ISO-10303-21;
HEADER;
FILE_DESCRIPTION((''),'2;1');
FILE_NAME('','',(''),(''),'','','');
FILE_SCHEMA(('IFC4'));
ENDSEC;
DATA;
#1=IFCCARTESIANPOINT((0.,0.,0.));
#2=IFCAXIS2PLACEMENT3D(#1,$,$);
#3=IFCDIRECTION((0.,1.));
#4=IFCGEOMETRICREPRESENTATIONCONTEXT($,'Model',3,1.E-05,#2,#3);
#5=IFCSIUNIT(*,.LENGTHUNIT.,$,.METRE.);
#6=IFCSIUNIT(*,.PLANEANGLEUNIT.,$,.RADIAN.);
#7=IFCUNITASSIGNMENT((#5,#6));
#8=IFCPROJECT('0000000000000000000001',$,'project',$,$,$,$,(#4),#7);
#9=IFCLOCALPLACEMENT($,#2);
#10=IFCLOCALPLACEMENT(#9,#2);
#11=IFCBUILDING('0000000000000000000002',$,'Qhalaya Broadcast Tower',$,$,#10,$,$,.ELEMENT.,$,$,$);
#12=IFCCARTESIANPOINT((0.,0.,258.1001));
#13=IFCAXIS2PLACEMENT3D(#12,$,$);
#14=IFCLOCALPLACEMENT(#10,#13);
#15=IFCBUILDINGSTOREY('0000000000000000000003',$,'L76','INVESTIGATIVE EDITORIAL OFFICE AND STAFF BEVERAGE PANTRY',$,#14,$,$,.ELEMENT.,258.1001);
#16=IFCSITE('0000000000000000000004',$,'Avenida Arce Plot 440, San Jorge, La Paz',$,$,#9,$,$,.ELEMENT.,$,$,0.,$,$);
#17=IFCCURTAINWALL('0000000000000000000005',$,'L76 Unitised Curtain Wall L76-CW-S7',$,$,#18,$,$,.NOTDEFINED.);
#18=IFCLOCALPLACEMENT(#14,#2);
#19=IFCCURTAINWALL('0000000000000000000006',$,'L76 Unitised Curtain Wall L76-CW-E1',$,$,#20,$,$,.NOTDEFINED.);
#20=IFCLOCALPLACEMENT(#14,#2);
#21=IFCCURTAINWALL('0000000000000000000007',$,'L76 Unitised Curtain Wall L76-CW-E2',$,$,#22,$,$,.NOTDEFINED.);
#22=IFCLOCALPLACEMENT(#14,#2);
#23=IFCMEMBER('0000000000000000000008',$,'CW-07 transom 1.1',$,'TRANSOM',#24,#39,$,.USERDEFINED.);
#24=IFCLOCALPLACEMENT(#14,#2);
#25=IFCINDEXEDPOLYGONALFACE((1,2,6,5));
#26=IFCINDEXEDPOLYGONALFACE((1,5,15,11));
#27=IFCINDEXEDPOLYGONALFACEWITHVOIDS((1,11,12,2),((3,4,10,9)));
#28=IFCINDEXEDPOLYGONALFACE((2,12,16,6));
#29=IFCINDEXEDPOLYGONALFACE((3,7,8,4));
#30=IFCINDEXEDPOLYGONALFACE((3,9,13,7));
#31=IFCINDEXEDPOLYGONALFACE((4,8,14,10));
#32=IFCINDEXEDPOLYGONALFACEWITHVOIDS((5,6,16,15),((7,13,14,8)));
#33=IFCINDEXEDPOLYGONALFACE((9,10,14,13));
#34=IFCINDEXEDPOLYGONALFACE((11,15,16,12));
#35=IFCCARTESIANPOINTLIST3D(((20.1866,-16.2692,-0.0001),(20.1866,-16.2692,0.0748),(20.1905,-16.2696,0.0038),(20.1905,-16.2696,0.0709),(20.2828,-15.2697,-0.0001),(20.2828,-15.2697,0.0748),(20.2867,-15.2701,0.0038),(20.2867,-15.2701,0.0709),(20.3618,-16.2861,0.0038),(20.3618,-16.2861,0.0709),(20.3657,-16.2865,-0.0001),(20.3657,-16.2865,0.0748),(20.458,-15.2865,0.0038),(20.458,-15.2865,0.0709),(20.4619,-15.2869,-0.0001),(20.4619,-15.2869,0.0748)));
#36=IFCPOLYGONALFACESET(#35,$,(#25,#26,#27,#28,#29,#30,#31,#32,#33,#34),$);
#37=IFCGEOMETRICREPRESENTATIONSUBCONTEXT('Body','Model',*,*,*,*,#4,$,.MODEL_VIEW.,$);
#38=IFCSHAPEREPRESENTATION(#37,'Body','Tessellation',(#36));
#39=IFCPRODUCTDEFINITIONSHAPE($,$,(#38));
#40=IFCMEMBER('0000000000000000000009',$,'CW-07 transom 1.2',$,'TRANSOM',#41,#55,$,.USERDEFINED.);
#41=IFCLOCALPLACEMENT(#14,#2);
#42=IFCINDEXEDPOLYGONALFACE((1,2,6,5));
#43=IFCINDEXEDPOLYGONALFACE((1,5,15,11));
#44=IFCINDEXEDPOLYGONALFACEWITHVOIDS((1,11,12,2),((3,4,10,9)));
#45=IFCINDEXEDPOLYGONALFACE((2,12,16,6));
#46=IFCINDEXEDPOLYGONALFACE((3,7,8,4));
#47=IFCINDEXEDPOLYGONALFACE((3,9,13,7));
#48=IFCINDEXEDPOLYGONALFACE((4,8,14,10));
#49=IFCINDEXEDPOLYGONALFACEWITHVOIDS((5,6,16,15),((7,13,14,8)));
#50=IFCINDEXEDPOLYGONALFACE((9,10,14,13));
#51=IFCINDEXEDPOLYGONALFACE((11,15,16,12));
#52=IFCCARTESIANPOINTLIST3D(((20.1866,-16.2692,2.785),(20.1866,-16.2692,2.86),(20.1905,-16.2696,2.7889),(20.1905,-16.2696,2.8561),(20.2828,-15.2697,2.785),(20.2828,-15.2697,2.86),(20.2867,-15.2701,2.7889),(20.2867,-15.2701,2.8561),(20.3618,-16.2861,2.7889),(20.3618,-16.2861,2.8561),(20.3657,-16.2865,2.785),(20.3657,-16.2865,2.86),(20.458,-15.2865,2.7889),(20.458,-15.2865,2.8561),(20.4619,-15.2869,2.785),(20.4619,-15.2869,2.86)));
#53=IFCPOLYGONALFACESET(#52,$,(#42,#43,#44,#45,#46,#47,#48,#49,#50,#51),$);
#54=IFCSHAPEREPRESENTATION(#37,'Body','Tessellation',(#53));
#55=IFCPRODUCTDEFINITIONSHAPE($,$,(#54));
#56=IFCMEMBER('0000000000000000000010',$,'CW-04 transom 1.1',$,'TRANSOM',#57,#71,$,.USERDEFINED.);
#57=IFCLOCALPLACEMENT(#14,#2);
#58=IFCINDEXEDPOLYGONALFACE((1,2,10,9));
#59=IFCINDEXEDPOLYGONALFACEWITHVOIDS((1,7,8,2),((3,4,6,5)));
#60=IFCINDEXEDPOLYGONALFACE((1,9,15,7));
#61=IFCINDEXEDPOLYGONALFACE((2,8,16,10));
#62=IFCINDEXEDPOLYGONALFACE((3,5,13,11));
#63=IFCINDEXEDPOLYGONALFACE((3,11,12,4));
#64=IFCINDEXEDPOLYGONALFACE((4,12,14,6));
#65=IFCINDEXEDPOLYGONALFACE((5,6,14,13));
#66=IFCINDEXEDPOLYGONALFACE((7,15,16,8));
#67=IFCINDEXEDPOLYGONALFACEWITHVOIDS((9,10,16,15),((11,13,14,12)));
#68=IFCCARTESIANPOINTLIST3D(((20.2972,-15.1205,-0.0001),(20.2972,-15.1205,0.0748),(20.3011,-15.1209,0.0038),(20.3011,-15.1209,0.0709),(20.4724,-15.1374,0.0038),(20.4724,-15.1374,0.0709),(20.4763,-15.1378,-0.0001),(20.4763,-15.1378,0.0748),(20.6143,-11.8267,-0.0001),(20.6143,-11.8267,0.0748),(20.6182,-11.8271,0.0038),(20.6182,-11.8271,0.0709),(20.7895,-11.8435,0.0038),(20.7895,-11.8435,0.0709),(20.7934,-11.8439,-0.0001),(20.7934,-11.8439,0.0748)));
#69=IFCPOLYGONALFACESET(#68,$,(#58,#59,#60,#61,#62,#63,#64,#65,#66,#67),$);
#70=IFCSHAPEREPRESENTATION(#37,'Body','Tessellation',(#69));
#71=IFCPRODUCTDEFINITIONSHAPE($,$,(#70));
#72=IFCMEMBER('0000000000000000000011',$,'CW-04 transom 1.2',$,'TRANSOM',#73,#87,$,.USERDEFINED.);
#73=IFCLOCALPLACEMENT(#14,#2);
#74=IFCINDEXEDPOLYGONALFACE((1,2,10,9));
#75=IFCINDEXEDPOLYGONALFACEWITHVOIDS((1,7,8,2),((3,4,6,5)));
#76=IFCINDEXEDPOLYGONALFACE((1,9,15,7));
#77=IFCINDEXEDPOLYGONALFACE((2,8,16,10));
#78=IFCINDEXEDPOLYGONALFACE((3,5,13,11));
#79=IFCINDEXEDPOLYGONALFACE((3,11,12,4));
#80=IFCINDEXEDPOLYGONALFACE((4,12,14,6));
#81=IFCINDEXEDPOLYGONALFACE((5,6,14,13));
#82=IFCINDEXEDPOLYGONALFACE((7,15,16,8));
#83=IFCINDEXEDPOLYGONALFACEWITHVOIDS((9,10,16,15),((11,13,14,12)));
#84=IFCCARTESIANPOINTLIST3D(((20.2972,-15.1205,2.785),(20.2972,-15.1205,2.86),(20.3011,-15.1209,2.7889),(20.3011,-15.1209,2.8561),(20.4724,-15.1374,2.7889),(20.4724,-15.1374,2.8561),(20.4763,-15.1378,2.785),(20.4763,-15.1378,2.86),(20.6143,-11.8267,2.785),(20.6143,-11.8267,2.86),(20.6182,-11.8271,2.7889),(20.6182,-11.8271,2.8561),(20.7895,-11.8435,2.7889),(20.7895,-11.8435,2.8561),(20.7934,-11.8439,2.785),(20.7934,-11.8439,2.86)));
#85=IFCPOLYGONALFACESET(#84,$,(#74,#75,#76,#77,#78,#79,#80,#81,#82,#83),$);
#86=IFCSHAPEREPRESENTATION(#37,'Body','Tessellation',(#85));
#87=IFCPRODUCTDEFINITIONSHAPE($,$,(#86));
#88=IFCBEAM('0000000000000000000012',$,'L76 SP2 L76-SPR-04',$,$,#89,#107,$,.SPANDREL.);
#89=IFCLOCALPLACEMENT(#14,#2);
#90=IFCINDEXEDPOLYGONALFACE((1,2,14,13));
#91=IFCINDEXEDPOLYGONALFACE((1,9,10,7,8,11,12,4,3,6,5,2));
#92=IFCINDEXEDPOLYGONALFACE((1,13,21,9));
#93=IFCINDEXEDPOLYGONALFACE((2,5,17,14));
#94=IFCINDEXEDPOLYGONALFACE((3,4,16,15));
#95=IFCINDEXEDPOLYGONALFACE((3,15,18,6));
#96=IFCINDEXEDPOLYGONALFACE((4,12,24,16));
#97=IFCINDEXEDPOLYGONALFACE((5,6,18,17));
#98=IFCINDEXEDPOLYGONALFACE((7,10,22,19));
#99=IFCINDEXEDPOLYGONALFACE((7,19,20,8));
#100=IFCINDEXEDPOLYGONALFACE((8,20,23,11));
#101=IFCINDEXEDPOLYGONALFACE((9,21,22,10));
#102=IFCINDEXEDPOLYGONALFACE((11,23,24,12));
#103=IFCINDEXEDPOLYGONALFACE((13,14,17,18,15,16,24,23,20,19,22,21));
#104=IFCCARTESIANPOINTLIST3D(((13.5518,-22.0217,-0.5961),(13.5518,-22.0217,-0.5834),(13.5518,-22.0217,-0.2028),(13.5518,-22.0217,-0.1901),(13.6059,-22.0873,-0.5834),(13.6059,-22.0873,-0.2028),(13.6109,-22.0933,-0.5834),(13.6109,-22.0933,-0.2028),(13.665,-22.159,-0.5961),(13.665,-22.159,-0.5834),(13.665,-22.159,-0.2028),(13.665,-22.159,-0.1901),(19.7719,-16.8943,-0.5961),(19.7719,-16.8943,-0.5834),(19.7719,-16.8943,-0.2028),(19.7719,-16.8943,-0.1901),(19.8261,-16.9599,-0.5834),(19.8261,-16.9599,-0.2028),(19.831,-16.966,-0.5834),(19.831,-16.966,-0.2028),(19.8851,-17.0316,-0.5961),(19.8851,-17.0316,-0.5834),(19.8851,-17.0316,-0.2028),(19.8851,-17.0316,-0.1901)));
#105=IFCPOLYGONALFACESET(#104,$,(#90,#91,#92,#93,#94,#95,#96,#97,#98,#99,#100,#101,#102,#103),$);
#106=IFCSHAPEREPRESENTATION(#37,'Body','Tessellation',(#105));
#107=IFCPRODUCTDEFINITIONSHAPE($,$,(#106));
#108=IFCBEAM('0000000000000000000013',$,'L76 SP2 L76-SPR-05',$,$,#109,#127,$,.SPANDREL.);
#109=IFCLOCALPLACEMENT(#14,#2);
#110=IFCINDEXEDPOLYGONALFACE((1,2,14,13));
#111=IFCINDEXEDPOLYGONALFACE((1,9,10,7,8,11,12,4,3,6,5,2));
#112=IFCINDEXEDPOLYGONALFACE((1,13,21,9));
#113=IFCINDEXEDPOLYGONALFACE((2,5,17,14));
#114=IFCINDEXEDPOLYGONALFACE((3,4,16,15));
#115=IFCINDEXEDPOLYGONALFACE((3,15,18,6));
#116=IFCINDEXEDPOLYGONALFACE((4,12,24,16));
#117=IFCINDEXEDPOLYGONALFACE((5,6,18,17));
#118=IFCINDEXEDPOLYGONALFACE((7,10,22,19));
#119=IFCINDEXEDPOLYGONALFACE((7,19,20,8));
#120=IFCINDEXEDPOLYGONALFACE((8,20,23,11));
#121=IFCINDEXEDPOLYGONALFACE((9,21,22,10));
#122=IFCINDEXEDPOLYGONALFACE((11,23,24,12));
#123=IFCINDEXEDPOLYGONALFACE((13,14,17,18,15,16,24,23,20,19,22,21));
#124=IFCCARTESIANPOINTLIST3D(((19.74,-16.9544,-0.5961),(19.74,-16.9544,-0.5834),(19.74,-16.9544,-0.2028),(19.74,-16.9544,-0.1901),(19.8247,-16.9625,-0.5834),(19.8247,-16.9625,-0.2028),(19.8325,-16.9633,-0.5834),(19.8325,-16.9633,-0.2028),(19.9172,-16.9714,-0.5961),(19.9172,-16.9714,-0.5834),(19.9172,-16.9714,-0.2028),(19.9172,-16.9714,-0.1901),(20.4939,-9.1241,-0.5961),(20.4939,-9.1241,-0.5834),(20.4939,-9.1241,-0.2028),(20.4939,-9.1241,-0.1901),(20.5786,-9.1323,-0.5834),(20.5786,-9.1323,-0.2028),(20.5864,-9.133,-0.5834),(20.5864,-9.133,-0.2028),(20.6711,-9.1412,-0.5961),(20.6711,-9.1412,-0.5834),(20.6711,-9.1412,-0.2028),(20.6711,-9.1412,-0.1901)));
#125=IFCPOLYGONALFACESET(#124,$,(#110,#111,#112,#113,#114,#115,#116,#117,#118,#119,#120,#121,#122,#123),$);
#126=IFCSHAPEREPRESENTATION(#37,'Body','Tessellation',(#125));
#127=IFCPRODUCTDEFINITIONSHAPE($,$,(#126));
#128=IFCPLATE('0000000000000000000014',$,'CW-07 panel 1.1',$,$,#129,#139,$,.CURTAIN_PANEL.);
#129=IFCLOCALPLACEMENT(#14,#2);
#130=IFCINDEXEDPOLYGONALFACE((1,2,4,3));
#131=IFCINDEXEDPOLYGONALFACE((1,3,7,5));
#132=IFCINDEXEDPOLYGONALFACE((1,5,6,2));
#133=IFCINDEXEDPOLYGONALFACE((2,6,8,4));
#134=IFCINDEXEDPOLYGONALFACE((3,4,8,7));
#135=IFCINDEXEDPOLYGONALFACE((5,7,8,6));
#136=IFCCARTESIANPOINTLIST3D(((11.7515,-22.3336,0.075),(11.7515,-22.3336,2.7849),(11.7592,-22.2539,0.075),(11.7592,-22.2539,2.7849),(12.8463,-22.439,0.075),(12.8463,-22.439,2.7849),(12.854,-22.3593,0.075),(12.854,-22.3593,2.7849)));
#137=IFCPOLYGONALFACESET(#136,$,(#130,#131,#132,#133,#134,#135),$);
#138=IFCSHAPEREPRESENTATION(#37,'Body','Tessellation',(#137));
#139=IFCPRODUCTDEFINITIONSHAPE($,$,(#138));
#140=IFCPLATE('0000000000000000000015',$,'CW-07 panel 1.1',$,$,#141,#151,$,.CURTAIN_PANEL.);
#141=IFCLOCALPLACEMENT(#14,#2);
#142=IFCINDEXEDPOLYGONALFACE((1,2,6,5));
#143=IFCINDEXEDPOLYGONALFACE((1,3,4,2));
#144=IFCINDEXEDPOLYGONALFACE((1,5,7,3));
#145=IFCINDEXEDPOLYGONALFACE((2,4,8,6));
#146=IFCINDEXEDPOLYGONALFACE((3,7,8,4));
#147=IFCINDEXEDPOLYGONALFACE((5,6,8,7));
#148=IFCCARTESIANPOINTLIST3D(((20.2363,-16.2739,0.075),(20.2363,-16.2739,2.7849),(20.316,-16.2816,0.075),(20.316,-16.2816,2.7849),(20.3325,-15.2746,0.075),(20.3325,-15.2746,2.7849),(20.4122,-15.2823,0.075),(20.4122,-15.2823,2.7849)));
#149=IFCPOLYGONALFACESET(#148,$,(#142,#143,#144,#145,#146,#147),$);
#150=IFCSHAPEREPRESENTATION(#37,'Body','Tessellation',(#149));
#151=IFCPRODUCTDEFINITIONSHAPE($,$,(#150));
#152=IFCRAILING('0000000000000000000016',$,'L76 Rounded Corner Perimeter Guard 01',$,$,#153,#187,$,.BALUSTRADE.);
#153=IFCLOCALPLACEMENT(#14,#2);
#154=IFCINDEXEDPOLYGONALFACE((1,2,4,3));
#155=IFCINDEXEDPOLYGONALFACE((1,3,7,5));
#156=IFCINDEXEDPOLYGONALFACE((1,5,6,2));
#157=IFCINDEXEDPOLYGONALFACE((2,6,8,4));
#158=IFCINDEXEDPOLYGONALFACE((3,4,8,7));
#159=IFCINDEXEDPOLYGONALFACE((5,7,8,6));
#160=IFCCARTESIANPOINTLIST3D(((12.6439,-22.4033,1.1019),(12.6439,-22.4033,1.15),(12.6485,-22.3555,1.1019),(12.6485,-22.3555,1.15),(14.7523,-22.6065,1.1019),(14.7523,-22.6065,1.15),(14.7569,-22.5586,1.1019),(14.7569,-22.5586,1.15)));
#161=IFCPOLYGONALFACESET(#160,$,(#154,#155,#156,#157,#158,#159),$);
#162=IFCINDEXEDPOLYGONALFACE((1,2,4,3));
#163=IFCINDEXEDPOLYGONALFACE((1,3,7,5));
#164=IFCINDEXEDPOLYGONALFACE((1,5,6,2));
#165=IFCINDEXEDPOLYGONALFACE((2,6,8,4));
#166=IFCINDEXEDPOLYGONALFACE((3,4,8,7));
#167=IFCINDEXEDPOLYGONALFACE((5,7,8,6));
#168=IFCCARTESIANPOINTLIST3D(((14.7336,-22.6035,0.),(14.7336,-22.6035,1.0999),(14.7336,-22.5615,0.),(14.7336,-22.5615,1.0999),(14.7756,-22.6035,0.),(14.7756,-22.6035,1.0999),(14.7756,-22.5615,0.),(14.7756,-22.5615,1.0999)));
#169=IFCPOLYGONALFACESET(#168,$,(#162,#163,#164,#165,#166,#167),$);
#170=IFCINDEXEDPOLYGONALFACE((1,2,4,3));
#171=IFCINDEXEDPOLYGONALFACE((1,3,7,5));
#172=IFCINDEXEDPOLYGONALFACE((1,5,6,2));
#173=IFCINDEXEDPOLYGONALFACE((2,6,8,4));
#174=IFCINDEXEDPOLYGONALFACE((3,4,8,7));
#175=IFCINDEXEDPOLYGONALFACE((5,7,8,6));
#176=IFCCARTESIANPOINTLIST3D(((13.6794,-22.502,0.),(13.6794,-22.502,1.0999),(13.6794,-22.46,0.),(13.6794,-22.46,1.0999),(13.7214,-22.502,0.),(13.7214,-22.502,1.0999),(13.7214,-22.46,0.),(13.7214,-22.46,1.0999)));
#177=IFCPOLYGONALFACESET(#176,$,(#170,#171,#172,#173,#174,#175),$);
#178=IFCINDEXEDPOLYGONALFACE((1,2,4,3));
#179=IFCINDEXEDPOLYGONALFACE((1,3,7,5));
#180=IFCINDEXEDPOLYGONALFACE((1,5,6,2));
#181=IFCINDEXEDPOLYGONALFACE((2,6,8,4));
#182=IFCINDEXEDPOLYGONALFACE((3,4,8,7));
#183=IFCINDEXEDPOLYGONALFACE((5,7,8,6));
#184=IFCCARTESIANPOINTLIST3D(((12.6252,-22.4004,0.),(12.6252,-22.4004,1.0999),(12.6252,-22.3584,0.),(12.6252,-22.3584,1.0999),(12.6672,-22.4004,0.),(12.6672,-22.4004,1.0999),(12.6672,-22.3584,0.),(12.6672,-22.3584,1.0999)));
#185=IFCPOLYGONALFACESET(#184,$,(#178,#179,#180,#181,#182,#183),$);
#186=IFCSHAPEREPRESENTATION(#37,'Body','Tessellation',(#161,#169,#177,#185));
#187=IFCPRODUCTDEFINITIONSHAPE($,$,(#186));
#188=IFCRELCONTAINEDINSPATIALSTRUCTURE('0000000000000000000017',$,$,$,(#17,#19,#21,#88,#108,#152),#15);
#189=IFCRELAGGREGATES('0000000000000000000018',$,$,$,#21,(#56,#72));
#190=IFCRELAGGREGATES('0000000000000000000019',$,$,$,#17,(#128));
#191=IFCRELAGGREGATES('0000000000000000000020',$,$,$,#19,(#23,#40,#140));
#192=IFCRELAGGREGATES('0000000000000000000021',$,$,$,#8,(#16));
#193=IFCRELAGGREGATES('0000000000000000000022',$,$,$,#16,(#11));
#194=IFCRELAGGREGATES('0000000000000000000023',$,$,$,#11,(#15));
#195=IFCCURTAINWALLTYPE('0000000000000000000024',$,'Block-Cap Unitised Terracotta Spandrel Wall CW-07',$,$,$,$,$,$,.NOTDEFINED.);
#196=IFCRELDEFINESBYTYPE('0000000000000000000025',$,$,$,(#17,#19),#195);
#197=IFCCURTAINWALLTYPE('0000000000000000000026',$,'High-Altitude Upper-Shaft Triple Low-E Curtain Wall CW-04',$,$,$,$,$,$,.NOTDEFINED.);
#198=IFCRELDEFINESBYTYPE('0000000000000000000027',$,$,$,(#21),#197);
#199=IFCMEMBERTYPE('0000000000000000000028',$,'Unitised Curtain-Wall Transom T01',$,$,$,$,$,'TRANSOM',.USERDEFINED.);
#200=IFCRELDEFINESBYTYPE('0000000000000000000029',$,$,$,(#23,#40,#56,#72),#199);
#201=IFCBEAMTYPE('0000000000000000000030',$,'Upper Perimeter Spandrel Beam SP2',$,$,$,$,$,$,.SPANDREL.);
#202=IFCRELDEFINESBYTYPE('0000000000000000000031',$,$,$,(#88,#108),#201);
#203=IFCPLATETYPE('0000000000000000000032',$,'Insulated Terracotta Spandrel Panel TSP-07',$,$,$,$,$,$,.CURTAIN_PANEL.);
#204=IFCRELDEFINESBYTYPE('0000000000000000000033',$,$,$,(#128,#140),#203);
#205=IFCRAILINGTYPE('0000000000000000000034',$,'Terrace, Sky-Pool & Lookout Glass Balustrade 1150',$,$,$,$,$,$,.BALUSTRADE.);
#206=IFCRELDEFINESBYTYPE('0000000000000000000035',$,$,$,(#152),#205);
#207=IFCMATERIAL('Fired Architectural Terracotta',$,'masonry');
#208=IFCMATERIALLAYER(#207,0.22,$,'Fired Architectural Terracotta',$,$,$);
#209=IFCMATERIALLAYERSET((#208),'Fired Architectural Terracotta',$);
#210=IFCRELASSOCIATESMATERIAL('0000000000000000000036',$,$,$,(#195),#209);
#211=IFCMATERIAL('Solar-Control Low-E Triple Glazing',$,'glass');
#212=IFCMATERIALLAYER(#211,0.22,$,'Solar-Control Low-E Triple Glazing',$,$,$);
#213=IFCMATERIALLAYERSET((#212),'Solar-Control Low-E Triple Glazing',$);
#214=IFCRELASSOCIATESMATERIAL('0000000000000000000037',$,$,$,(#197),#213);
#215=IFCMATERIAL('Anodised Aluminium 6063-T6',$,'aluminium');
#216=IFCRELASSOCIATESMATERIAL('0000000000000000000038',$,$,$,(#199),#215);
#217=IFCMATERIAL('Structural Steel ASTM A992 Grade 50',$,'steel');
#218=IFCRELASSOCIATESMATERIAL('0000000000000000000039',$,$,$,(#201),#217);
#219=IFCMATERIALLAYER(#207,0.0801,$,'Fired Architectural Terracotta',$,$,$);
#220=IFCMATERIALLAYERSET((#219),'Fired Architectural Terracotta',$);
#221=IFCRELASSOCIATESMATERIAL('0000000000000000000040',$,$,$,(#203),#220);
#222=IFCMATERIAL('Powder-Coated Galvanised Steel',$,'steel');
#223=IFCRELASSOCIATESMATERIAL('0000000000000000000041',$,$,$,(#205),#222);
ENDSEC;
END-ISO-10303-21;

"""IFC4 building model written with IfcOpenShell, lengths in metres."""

from ifc_helpers import new_model, si_unit, direction, frame, origin, origin_2d, place, context, subcontext, project, spatial, rectangle, hollow_rectangle, i_section, extrude, material, layer, layer_set, material_profile, profile_set, type_object, element, aggregate, save


model = new_model("IFC4")

# Units and contexts
model_context = context("Model", 3, precision=1e-05, world=origin(), true_north=direction((0.0, 1.0)))
body_context = subcontext(model_context, "Body", "Model", "MODEL_VIEW")
ifc_project = project(units=[si_unit("LENGTHUNIT", "METRE"), si_unit("PLANEANGLEUNIT", "RADIAN")], contexts=[model_context])

# Site, building, storey
site_placement = place(None, origin())
site = spatial("IfcSite", under=ifc_project, at=site_placement, Name="Avenida Arce Plot 440, San Jorge, La Paz", CompositionType="ELEMENT", RefElevation=0.0)
building_placement = place(site_placement, origin())
building = spatial("IfcBuilding", under=site, at=building_placement, Name="Qhalaya Broadcast Tower", CompositionType="ELEMENT")
storey_placement = place(building_placement, frame((0.0, 0.0, 258.1001)))
storey = spatial("IfcBuildingStorey", under=building, at=storey_placement, Name="L76", Description="INVESTIGATIVE EDITORIAL OFFICE AND STAFF BEVERAGE PANTRY", CompositionType="ELEMENT", Elevation=258.1001)

# Shared definitions
ifc_material_1 = material(Name="Fired Architectural Terracotta", Category="masonry")

# Curtain walls
ifc_layer_1 = layer(ifc_material_1, 0.22, Name="Fired Architectural Terracotta")
ifc_layer_set_1 = layer_set([ifc_layer_1], Name="Fired Architectural Terracotta")
curtain_wall_type_1 = type_object("IfcCurtainWallType", Name="Block-Cap Unitised Terracotta Spandrel Wall CW-07", PredefinedType="NOTDEFINED", material=ifc_layer_set_1)
curtain_wall_1_placement = place(storey_placement, origin())
curtain_wall_1 = element("IfcCurtainWall", 1, at=curtain_wall_1_placement, inside=storey, type_object=curtain_wall_type_1, Name="L76 Unitised Curtain Wall L76-CW-S7", PredefinedType="NOTDEFINED")
ifc_material_2 = material(Name="Anodised Aluminium 6063-T6", Category="aluminium")
curtain_wall_2_placement = place(storey_placement, origin())
curtain_wall_2 = element("IfcCurtainWall", 2, at=curtain_wall_2_placement, inside=storey, type_object=curtain_wall_type_1, Name="L76 Unitised Curtain Wall L76-CW-E1", PredefinedType="NOTDEFINED")

# Curtain wall
ifc_material_3 = material(Name="Solar-Control Low-E Triple Glazing", Category="glass")
ifc_layer_2 = layer(ifc_material_3, 0.22, Name="Solar-Control Low-E Triple Glazing")
ifc_layer_set_2 = layer_set([ifc_layer_2], Name="Solar-Control Low-E Triple Glazing")
curtain_wall_type_2 = type_object("IfcCurtainWallType", Name="High-Altitude Upper-Shaft Triple Low-E Curtain Wall CW-04", PredefinedType="NOTDEFINED", material=ifc_layer_set_2)
curtain_wall_3_placement = place(storey_placement, origin())
curtain_wall_3 = element("IfcCurtainWall", 3, at=curtain_wall_3_placement, inside=storey, type_object=curtain_wall_type_2, Name="L76 Unitised Curtain Wall L76-CW-E2", PredefinedType="NOTDEFINED")

# Members
ifc_material_profile_1 = material_profile(ifc_material_2, hollow_rectangle(XDim=0.075, YDim=0.1799, WallThickness=0.0039, at=origin_2d()), Name="ALU-TRN 75x180x4")
ifc_profile_set_1 = profile_set([ifc_material_profile_1], Name="Anodised Aluminium 6063-T6")
member_type_1 = type_object("IfcMemberType", Name="Unitised Curtain-Wall Transom T01", ElementType="TRANSOM", PredefinedType="USERDEFINED", material=ifc_profile_set_1)
member_1_placement = place(storey_placement, frame((20.2761, -16.2778, 0.0374), z_axis=(0.095796, 0.995401, 0.0), x_axis=(0.0, 0.0, 1.0)))
member_1 = element("IfcMember", 4, at=member_1_placement, type_object=member_type_1, Name="CW-07 transom 1.1", ObjectType="TRANSOM", PredefinedType="USERDEFINED", context=body_context, shape_type="SweptSolid", body=[
    extrude(hollow_rectangle(XDim=0.075, YDim=0.1799, WallThickness=0.0039, at=origin_2d()), origin(), (0.0, 0.0, 1.0), 1.0042),
])
member_2_placement = place(storey_placement, frame((20.2761, -16.2778, 2.8225), z_axis=(0.095796, 0.995401, 0.0), x_axis=(0.0, 0.0, 1.0)))
member_2 = element("IfcMember", 5, at=member_2_placement, type_object=member_type_1, Name="CW-07 transom 1.2", ObjectType="TRANSOM", PredefinedType="USERDEFINED", context=body_context, shape_type="SweptSolid", body=[
    extrude(hollow_rectangle(XDim=0.075, YDim=0.1799, WallThickness=0.0039, at=origin_2d()), origin(), (0.0, 0.0, 1.0), 1.0042),
])
member_3_placement = place(storey_placement, frame((20.3867, -15.1292, 0.0374), z_axis=(0.095836, 0.995397, 0.0), x_axis=(0.0, 0.0, 1.0)))
member_3 = element("IfcMember", 6, at=member_3_placement, type_object=member_type_1, Name="CW-04 transom 1.1", ObjectType="TRANSOM", PredefinedType="USERDEFINED", context=body_context, shape_type="SweptSolid", body=[
    extrude(hollow_rectangle(XDim=0.075, YDim=0.1799, WallThickness=0.0039, at=origin_2d()), origin(), (0.0, 0.0, 1.0), 3.3091),
])
member_4_placement = place(storey_placement, frame((20.3867, -15.1292, 2.8225), z_axis=(0.095836, 0.995397, 0.0), x_axis=(0.0, 0.0, 1.0)))
member_4 = element("IfcMember", 7, at=member_4_placement, type_object=member_type_1, Name="CW-04 transom 1.2", ObjectType="TRANSOM", PredefinedType="USERDEFINED", context=body_context, shape_type="SweptSolid", body=[
    extrude(hollow_rectangle(XDim=0.075, YDim=0.1799, WallThickness=0.0039, at=origin_2d()), origin(), (0.0, 0.0, 1.0), 3.3091),
])
aggregate(curtain_wall_3, [member_3, member_4])

# Beams
ifc_material_4 = material(Name="Structural Steel ASTM A992 Grade 50", Category="steel")
ifc_material_profile_2 = material_profile(ifc_material_4, i_section(OverallWidth=0.178, OverallDepth=0.406, WebThickness=0.0078, FlangeThickness=0.0127, at=origin_2d()), Name="W16X40")
ifc_profile_set_2 = profile_set([ifc_material_profile_2], Name="Structural Steel ASTM A992 Grade 50")
beam_type = type_object("IfcBeamType", Name="Upper Perimeter Spandrel Beam SP2", PredefinedType="SPANDREL", material=ifc_profile_set_2)
beam_1_placement = place(storey_placement, frame((13.6084, -22.0903, -0.3931), z_axis=(0.771631, 0.63607, 0.0), x_axis=(-0.63607, 0.771631, 0.0)))
element("IfcBeam", 8, at=beam_1_placement, inside=storey, type_object=beam_type, Name="L76 SP2 L76-SPR-04", PredefinedType="SPANDREL", context=body_context, shape_type="SweptSolid", body=[
    extrude(i_section(OverallWidth=0.178, OverallDepth=0.406, WebThickness=0.0078, FlangeThickness=0.0127, at=origin_2d()), origin(), (0.0, 0.0, 1.0), 8.061),
])
beam_2_placement = place(storey_placement, frame((19.8286, -16.9629, -0.3931), z_axis=(0.095837, 0.995397, 0.0), x_axis=(-0.995397, 0.095837, 0.0)))
element("IfcBeam", 9, at=beam_2_placement, inside=storey, type_object=beam_type, Name="L76 SP2 L76-SPR-05", PredefinedType="SPANDREL", context=body_context, shape_type="SweptSolid", body=[
    extrude(i_section(OverallWidth=0.178, OverallDepth=0.406, WebThickness=0.0078, FlangeThickness=0.0127, at=origin_2d()), origin(), (0.0, 0.0, 1.0), 7.8665),
])

# Plates
ifc_layer_3 = layer(ifc_material_1, 0.0801, Name="Fired Architectural Terracotta")
ifc_layer_set_3 = layer_set([ifc_layer_3], Name="Fired Architectural Terracotta")
plate_type = type_object("IfcPlateType", Name="Insulated Terracotta Spandrel Panel TSP-07", PredefinedType="CURTAIN_PANEL", material=ifc_layer_set_3)
plate_1_placement = place(storey_placement, frame((12.3027, -22.3464, 0.075), z_axis=(0.0, 0.0, 1.0), x_axis=(0.995396, -0.095844, 0.0)))
plate_1 = element("IfcPlate", 10, at=plate_1_placement, type_object=plate_type, Name="CW-07 panel 1.1", PredefinedType="CURTAIN_PANEL", context=body_context, shape_type="SweptSolid", body=[
    extrude(rectangle(XDim=1.0999, YDim=0.0801, at=origin_2d()), origin(), (0.0, 0.0, 1.0), 2.71),
])
aggregate(curtain_wall_1, [plate_1])
plate_2_placement = place(storey_placement, frame((20.3242, -15.7781, 0.075), z_axis=(0.0, 0.0, 1.0), x_axis=(0.09584, 0.995397, 0.0)))
plate_2 = element("IfcPlate", 11, at=plate_2_placement, type_object=plate_type, Name="CW-07 panel 1.1", PredefinedType="CURTAIN_PANEL", context=body_context, shape_type="SweptSolid", body=[
    extrude(rectangle(XDim=1.0039, YDim=0.0801, at=origin_2d()), origin(), (0.0, 0.0, 1.0), 2.71),
])
aggregate(curtain_wall_2, [member_1, member_2, plate_2])

# Railing
ifc_material_5 = material(Name="Powder-Coated Galvanised Steel", Category="steel")
railing_type = type_object("IfcRailingType", Name="Terrace, Sky-Pool & Lookout Glass Balustrade 1150", PredefinedType="BALUSTRADE", material=ifc_material_5)
railing_1_placement = place(storey_placement, frame((14.7546, -22.5825, 0.0)))
element("IfcRailing", 12, at=railing_1_placement, inside=storey, type_object=railing_type, Name="L76 Rounded Corner Perimeter Guard 01", PredefinedType="BALUSTRADE", context=body_context, shape_type="SweptSolid", body=[
    extrude(rectangle(XDim=0.0481, YDim=0.0481, at=origin_2d()), frame((0.0, 0.0, 1.126), z_axis=(-0.995391, 0.095897, 0.0), x_axis=(-0.095897, -0.995391, 0.0)), (0.0, 0.0, 1.0), 2.1182),
    extrude(rectangle(XDim=0.042, YDim=0.042, at=origin_2d()), origin(), (0.0, 0.0, 1.0), 1.0999),
    extrude(rectangle(XDim=0.042, YDim=0.042, at=origin_2d()), frame((-1.0542, 0.1016, 0.0)), (0.0, 0.0, 1.0), 1.0999),
    extrude(rectangle(XDim=0.042, YDim=0.042, at=origin_2d()), frame((-2.1084, 0.2031, 0.0)), (0.0, 0.0, 1.0), 1.0999),
])

save(model, "model.ifc")
